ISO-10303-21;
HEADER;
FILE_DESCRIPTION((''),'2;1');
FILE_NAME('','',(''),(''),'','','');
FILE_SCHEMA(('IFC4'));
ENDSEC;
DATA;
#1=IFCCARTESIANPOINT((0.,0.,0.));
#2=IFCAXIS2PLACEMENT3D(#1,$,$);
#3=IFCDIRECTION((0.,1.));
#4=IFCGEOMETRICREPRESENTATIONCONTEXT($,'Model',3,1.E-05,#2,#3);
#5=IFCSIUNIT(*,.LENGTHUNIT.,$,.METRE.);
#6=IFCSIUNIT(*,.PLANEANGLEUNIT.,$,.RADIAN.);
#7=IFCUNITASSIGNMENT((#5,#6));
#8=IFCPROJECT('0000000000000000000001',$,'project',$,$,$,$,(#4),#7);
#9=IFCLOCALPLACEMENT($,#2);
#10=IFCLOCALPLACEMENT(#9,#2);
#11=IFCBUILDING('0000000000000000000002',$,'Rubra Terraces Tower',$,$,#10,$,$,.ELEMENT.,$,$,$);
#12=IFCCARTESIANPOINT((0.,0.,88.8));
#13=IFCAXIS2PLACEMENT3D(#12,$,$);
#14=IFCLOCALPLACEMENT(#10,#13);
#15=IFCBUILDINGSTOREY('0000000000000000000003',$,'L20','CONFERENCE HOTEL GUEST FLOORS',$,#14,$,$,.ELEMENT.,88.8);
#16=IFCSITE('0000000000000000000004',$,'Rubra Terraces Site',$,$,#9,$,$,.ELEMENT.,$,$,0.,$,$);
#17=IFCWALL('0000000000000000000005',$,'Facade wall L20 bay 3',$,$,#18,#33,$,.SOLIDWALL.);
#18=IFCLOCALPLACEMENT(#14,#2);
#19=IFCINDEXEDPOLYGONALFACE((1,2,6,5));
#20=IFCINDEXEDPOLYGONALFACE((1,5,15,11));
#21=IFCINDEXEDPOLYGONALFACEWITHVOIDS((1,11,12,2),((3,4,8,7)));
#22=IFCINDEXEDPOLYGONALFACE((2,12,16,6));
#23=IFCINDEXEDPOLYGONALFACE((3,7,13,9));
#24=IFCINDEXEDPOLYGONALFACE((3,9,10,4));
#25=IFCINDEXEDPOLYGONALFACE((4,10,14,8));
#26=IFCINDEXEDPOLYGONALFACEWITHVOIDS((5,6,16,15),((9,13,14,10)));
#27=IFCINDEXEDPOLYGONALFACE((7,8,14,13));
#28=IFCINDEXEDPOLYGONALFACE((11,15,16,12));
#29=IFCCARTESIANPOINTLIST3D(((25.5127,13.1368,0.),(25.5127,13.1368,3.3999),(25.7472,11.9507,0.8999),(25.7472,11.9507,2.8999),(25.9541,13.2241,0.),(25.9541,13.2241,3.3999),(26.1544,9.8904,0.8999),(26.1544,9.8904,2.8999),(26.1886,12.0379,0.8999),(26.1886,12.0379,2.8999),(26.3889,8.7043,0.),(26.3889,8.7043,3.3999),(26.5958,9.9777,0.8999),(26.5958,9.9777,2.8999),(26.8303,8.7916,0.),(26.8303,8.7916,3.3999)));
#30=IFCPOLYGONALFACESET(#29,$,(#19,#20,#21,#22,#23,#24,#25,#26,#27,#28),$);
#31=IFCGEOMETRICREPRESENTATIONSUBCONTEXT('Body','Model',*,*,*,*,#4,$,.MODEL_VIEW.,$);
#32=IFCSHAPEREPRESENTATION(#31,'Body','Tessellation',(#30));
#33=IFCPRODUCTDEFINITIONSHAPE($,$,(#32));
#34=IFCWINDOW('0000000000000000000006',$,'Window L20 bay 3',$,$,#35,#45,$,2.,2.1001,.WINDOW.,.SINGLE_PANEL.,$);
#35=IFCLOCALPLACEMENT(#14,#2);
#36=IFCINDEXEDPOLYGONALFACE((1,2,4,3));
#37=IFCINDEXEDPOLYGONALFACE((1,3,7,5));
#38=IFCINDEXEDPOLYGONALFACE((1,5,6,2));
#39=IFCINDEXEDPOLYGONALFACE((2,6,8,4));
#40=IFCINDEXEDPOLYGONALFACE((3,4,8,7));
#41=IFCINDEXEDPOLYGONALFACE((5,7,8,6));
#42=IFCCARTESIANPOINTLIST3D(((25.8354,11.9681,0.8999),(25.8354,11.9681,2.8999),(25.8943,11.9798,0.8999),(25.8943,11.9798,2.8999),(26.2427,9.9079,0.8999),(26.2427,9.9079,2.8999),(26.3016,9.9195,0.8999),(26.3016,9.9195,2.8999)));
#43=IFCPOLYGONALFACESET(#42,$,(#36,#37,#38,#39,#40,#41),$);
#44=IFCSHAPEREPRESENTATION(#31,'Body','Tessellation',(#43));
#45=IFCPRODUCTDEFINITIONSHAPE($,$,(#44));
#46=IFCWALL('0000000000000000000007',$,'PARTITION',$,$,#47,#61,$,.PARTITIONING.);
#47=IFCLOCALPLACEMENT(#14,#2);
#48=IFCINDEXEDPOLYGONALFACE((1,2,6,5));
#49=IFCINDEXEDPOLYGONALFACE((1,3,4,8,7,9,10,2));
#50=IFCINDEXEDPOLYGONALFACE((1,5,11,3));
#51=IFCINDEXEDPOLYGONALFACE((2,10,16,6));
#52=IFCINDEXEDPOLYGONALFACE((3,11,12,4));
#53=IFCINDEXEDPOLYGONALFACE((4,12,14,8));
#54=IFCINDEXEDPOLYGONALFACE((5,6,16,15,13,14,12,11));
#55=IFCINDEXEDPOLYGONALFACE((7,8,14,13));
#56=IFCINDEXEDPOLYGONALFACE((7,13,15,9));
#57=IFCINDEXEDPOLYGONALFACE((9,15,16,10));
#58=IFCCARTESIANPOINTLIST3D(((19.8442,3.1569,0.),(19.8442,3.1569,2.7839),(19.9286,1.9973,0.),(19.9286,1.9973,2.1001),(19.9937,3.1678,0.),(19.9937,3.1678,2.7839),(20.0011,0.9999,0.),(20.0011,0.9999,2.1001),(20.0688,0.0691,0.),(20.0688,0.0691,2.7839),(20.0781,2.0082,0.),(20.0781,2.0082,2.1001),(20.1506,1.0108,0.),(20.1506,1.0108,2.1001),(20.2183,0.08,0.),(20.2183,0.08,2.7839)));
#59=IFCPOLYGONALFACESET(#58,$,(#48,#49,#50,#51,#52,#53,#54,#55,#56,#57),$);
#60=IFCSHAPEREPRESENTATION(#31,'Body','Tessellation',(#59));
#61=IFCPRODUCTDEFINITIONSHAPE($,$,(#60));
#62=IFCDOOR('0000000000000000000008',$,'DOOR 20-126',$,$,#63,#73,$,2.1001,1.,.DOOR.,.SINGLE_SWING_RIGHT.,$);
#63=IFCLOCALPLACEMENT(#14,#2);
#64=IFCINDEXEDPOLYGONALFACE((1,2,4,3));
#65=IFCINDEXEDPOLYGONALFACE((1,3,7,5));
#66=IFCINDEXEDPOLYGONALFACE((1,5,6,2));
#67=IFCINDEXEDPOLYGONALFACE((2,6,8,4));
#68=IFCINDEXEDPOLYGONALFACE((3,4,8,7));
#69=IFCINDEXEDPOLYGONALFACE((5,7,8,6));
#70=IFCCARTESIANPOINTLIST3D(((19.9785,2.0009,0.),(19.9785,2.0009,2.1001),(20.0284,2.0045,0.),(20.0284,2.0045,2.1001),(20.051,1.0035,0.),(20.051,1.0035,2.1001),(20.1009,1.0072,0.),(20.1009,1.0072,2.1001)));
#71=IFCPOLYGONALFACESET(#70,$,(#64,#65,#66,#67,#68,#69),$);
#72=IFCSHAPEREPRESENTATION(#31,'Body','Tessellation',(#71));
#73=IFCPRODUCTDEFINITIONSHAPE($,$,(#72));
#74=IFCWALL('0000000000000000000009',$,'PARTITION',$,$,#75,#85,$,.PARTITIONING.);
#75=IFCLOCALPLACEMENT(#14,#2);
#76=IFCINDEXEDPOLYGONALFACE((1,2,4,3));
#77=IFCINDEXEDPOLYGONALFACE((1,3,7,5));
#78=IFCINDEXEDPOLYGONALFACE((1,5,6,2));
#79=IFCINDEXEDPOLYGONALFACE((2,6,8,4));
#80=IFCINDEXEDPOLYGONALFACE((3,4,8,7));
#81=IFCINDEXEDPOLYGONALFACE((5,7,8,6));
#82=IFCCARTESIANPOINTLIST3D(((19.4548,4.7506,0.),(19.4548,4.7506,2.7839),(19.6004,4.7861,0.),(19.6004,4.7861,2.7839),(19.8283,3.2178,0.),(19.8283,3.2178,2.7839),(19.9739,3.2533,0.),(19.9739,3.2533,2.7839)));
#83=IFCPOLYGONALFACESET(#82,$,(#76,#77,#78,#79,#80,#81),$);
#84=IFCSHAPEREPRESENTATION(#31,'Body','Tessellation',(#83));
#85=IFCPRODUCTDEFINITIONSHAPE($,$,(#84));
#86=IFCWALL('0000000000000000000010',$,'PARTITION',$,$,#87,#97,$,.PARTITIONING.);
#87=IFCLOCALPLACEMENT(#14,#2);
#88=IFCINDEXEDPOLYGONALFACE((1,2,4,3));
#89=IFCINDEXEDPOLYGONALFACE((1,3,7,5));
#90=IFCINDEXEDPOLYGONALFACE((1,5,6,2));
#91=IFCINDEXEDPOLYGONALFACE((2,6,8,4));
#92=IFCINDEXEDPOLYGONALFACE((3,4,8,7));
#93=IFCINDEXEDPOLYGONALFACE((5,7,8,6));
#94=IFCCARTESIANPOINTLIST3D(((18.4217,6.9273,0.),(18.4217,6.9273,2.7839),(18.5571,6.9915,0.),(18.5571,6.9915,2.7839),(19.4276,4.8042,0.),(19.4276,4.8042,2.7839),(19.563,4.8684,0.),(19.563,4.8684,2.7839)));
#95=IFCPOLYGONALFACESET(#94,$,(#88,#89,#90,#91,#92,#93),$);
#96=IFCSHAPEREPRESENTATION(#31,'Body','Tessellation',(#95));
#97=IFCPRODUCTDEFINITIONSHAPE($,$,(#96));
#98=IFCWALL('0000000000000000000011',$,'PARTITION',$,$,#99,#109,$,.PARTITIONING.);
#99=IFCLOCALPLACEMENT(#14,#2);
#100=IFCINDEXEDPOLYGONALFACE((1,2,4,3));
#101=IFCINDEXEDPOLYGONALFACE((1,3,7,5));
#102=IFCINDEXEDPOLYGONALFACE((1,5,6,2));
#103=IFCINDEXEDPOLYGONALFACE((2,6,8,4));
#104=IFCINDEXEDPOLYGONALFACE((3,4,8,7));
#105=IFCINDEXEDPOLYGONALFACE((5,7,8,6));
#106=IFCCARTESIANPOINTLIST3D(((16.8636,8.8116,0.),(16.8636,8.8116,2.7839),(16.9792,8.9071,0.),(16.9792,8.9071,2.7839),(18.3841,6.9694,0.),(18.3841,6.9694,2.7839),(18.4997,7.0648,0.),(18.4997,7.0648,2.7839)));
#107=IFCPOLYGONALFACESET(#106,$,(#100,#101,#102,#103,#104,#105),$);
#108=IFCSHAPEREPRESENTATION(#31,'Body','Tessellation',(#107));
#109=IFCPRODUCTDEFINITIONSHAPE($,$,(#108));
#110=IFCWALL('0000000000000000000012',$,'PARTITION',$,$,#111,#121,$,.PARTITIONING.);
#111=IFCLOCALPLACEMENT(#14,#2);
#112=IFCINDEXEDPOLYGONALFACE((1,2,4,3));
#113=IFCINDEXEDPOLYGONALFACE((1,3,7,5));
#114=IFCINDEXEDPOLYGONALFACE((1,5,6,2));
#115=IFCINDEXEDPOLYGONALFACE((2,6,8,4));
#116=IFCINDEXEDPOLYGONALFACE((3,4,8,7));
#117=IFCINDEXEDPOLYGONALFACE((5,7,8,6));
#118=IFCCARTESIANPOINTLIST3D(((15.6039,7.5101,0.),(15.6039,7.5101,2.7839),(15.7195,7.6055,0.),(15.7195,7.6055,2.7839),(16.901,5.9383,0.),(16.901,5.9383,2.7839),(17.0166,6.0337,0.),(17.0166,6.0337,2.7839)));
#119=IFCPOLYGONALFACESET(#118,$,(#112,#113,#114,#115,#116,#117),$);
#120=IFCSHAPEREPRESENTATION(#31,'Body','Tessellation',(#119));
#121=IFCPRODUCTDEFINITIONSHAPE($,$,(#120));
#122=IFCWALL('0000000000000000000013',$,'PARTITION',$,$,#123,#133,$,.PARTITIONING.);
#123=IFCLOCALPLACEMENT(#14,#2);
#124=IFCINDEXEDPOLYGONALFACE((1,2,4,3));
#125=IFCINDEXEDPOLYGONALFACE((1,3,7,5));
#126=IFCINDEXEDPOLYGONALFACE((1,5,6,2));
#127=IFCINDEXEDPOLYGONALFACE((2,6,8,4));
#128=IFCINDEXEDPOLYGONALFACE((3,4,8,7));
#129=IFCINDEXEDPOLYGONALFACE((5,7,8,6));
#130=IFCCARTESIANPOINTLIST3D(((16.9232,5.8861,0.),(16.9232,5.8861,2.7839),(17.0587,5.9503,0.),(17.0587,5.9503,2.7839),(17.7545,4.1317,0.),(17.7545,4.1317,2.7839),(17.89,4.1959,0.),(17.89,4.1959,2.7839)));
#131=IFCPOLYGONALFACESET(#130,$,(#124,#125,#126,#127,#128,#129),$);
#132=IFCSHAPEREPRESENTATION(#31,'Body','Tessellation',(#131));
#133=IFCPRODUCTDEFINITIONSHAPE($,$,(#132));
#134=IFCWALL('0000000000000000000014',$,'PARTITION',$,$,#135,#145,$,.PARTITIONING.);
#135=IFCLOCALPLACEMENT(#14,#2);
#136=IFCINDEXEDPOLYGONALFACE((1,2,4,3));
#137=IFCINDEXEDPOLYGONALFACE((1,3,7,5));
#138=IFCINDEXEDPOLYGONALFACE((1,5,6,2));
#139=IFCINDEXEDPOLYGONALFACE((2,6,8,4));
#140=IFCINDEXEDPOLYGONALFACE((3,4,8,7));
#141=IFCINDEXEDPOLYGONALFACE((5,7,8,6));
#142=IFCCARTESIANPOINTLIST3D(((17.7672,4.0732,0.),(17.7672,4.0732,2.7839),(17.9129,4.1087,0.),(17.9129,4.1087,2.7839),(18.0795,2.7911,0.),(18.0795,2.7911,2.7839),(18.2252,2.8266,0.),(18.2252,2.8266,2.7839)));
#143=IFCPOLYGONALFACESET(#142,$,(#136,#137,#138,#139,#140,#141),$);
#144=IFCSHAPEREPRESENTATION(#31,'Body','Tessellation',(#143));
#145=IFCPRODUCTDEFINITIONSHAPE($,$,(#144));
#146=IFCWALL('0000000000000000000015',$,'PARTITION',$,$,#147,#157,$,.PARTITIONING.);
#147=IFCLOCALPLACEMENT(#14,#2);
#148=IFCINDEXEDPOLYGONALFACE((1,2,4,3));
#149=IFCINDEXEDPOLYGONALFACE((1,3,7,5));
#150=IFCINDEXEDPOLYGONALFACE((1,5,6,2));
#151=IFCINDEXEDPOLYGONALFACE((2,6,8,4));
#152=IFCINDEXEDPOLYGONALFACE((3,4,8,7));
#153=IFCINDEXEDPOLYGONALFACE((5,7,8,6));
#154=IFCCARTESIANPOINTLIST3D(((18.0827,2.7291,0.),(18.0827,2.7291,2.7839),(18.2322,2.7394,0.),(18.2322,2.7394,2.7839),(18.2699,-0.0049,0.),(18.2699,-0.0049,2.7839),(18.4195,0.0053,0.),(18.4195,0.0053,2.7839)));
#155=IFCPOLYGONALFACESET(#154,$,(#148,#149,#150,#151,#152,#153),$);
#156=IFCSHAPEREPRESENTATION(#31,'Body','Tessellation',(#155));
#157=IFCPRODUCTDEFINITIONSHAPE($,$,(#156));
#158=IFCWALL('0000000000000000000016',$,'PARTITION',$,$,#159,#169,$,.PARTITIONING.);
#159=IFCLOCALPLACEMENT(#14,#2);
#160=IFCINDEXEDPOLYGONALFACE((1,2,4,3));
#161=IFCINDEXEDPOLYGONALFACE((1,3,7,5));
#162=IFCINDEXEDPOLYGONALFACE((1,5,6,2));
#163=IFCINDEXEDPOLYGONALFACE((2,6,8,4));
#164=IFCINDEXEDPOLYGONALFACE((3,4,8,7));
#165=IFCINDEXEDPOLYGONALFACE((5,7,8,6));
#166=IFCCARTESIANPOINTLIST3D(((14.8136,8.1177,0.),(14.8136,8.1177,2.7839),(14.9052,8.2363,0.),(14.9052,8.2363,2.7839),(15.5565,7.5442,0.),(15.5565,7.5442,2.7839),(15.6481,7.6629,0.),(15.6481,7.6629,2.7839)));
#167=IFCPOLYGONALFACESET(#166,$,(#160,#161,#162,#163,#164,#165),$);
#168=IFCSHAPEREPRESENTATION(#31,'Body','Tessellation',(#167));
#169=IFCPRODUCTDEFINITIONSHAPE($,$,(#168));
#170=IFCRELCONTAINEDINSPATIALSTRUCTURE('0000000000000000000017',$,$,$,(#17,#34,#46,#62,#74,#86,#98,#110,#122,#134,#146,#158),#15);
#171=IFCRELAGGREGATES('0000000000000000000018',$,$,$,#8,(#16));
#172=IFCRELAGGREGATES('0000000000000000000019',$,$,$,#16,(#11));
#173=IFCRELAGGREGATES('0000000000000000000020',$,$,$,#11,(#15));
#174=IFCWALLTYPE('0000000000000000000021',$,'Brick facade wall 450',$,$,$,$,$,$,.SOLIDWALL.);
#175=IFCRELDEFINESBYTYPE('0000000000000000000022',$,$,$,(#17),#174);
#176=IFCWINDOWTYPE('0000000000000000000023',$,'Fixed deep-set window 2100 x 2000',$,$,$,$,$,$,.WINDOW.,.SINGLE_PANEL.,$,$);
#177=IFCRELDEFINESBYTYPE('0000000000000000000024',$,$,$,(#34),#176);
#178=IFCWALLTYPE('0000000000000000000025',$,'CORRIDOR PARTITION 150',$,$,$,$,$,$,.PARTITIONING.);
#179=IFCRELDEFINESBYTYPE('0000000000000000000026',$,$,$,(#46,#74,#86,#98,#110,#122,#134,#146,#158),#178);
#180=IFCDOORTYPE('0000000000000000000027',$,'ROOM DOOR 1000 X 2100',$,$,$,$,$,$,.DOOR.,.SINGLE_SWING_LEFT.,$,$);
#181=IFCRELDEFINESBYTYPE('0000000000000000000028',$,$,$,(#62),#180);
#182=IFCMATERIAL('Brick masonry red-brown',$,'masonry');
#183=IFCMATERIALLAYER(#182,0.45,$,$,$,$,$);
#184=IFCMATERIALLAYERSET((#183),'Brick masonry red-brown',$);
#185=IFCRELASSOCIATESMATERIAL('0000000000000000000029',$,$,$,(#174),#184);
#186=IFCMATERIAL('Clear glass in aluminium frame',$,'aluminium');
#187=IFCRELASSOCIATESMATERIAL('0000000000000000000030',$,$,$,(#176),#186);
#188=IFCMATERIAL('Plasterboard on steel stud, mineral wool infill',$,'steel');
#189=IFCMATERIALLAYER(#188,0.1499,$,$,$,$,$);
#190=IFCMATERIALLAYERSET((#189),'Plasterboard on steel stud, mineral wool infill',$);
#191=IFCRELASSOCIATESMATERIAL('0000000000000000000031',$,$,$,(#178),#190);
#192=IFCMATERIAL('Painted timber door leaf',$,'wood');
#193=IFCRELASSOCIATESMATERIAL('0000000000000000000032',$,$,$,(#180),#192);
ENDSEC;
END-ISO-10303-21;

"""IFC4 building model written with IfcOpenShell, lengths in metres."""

from ifc_helpers import new_model, si_unit, direction, frame, frame_2d, origin, place, context, subcontext, project, spatial, rectangle, extrude, material, layer, layer_set, type_object, element, fill, save


model = new_model("IFC4")

# Units and contexts
model_context = context("Model", 3, precision=1e-05, world=origin(), true_north=direction((0.0, 1.0)))
body_context = subcontext(model_context, "Body", "Model", "MODEL_VIEW")
ifc_project = project(units=[si_unit("LENGTHUNIT", "METRE"), si_unit("PLANEANGLEUNIT", "RADIAN")], contexts=[model_context])

# Site, building, storey
site_placement = place(None, origin())
site = spatial("IfcSite", under=ifc_project, at=site_placement, Name="Rubra Terraces Site", CompositionType="ELEMENT", RefElevation=0.0)
building_placement = place(site_placement, origin())
building = spatial("IfcBuilding", under=site, at=building_placement, Name="Rubra Terraces Tower", CompositionType="ELEMENT")
storey_placement = place(building_placement, frame((0.0, 0.0, 88.8)))
storey = spatial("IfcBuildingStorey", under=building, at=storey_placement, Name="L20", Description="CONFERENCE HOTEL GUEST FLOORS", CompositionType="ELEMENT", Elevation=88.8)

# Wall, opening, window
ifc_material_1 = material(Name="Brick masonry red-brown", Category="masonry")
ifc_layer_1 = layer(ifc_material_1, 0.45)
ifc_layer_set_1 = layer_set([ifc_layer_1], Name="Brick masonry red-brown")
wall_type_1 = type_object("IfcWallType", Name="Brick facade wall 450", PredefinedType="SOLIDWALL", material=ifc_layer_set_1)
ifc_material_2 = material(Name="Clear glass in aluminium frame", Category="aluminium")
window_type = type_object("IfcWindowType", Name="Fixed deep-set window 2100 x 2000", PartitioningType="SINGLE_PANEL", PredefinedType="WINDOW", material=ifc_material_2)
wall_1_placement = place(storey_placement, frame((26.6096, 8.7478, 0.0), z_axis=(0.0, 0.0, 1.0), x_axis=(-0.193923, 0.981017, 0.0)))
wall_1 = element("IfcWall", 1, at=wall_1_placement, inside=storey, type_object=wall_type_1, Name="Facade wall L20 bay 3", PredefinedType="SOLIDWALL", context=body_context, shape_type="SweptSolid", body=[
    extrude(rectangle(XDim=4.5183, YDim=0.45, at=frame_2d((2.2593, 0.0))), origin(), (0.0, 0.0, 1.0), 3.3999),
])
opening_1_placement = place(wall_1_placement, frame((1.2092, 0.0, 0.8999)))
opening_1 = element("IfcOpeningElement", 2, at=opening_1_placement, cuts=wall_1, PredefinedType="OPENING", context=body_context, shape_type="SweptSolid", body=[
    extrude(rectangle(XDim=2.1001, YDim=2.0, at=frame_2d((1.05, 1.0))), frame((0.0, 0.2349, 0.0), z_axis=(0.0, -1.0, 0.0), x_axis=(1.0, 0.0, 0.0)), (0.0, 0.0, 1.0), 0.47),
])
window_1_placement = place(opening_1_placement, origin())
window_1 = element("IfcWindow", 3, at=window_1_placement, inside=storey, type_object=window_type, Name="Window L20 bay 3", OverallHeight=2.0, OverallWidth=2.1001, PartitioningType="SINGLE_PANEL", PredefinedType="WINDOW", context=body_context, shape_type="SweptSolid", body=[
    extrude(rectangle(XDim=2.1001, YDim=2.0, at=frame_2d((1.05, 1.0))), frame((0.0, 0.135, 0.0), z_axis=(0.0, -1.0, 0.0), x_axis=(1.0, 0.0, 0.0)), (0.0, 0.0, 1.0), 0.0601),
])
fill(opening_1, window_1)

# Wall, opening, door
ifc_material_3 = material(Name="Plasterboard on steel stud, mineral wool infill", Category="steel")
ifc_layer_2 = layer(ifc_material_3, 0.1499)
ifc_layer_set_2 = layer_set([ifc_layer_2], Name="Plasterboard on steel stud, mineral wool infill")
wall_type_2 = type_object("IfcWallType", Name="CORRIDOR PARTITION 150", PredefinedType="PARTITIONING", material=ifc_layer_set_2)
wall_2_placement = place(storey_placement, frame((20.1436, 0.0747, 0.0), z_axis=(0.0, 0.0, 1.0), x_axis=(-0.072547, 0.997365, 0.0)))
wall_2 = element("IfcWall", 4, at=wall_2_placement, inside=storey, type_object=wall_type_2, Name="PARTITION", PredefinedType="PARTITIONING", context=body_context, shape_type="SweptSolid", body=[
    extrude(rectangle(XDim=3.0959, YDim=0.1499, at=frame_2d((1.5479, 0.0))), origin(), (0.0, 0.0, 1.0), 2.7839),
])
opening_2_placement = place(wall_2_placement, frame((0.9331, 0.0, 0.0)))
opening_2 = element("IfcOpeningElement", 5, at=opening_2_placement, cuts=wall_2, PredefinedType="OPENING", context=body_context, shape_type="SweptSolid", body=[
    extrude(rectangle(XDim=1.0, YDim=2.1001, at=frame_2d((0.5, 1.05))), frame((0.0, 0.085, 0.0), z_axis=(0.0, -1.0, 0.0), x_axis=(1.0, 0.0, 0.0)), (0.0, 0.0, 1.0), 0.1699),
])
ifc_material_4 = material(Name="Painted timber door leaf", Category="wood")
door_type_1 = type_object("IfcDoorType", Name="ROOM DOOR 1000 X 2100", OperationType="SINGLE_SWING_LEFT", PredefinedType="DOOR", material=ifc_material_4)
door_1_placement = place(opening_2_placement, origin())
door_1 = element("IfcDoor", 6, at=door_1_placement, inside=storey, type_object=door_type_1, Name="DOOR 20-126", OperationType="SINGLE_SWING_RIGHT", OverallHeight=2.1001, OverallWidth=1.0, PredefinedType="DOOR", context=body_context, shape_type="SweptSolid", body=[
    extrude(rectangle(XDim=1.0, YDim=2.1001, at=frame_2d((0.5, 1.05))), frame((0.0, 0.0249, 0.0), z_axis=(0.0, -1.0, 0.0), x_axis=(1.0, 0.0, 0.0)), (0.0, 0.0, 1.0), 0.05),
])
fill(opening_2, door_1)

# Walls
wall_3_placement = place(storey_placement, frame((19.9011, 3.2356, 0.0), z_axis=(0.0, 0.0, 1.0), x_axis=(-0.236778, 0.971564, 0.0)))
element("IfcWall", 7, at=wall_3_placement, inside=storey, type_object=wall_type_2, Name="PARTITION", PredefinedType="PARTITIONING", context=body_context, shape_type="SweptSolid", body=[
    extrude(rectangle(XDim=1.5776, YDim=0.1499, at=frame_2d((0.7888, 0.0))), origin(), (0.0, 0.0, 1.0), 2.7839),
])
wall_4_placement = place(storey_placement, frame((19.4954, 4.8362, 0.0), z_axis=(0.0, 0.0, 1.0), x_axis=(-0.428158, 0.903704, 0.0)))
element("IfcWall", 8, at=wall_4_placement, inside=storey, type_object=wall_type_2, Name="PARTITION", PredefinedType="PARTITIONING", context=body_context, shape_type="SweptSolid", body=[
    extrude(rectangle(XDim=2.3494, YDim=0.1499, at=frame_2d((1.1748, 0.0))), origin(), (0.0, 0.0, 1.0), 2.7839),
])
wall_5_placement = place(storey_placement, frame((18.4419, 7.0171, 0.0), z_axis=(0.0, 0.0, 1.0), x_axis=(-0.636538, 0.771245, 0.0)))
element("IfcWall", 9, at=wall_5_placement, inside=storey, type_object=wall_type_2, Name="PARTITION", PredefinedType="PARTITIONING", context=body_context, shape_type="SweptSolid", body=[
    extrude(rectangle(XDim=2.3887, YDim=0.1499, at=frame_2d((1.1943, 0.0))), origin(), (0.0, 0.0, 1.0), 2.7839),
])
wall_6_placement = place(storey_placement, frame((15.6616, 7.5579, 0.0), z_axis=(0.0, 0.0, 1.0), x_axis=(0.636501, -0.771276, 0.0)))
element("IfcWall", 10, at=wall_6_placement, inside=storey, type_object=wall_type_2, Name="PARTITION", PredefinedType="PARTITIONING", context=body_context, shape_type="SweptSolid", body=[
    extrude(rectangle(XDim=2.0378, YDim=0.1499, at=frame_2d((1.019, 0.0))), origin(), (0.0, 0.0, 1.0), 2.7839),
])
wall_7_placement = place(storey_placement, frame((16.991, 5.9182, 0.0), z_axis=(0.0, 0.0, 1.0), x_axis=(0.4282, -0.903684, 0.0)))
element("IfcWall", 11, at=wall_7_placement, inside=storey, type_object=wall_type_2, Name="PARTITION", PredefinedType="PARTITIONING", context=body_context, shape_type="SweptSolid", body=[
    extrude(rectangle(XDim=1.9414, YDim=0.1499, at=frame_2d((0.9707, 0.0))), origin(), (0.0, 0.0, 1.0), 2.7839),
])
wall_8_placement = place(storey_placement, frame((17.8401, 4.0908, 0.0), z_axis=(0.0, 0.0, 1.0), x_axis=(0.236654, -0.971594, 0.0)))
element("IfcWall", 12, at=wall_8_placement, inside=storey, type_object=wall_type_2, Name="PARTITION", PredefinedType="PARTITIONING", context=body_context, shape_type="SweptSolid", body=[
    extrude(rectangle(XDim=1.3196, YDim=0.1499, at=frame_2d((0.6597, 0.0))), origin(), (0.0, 0.0, 1.0), 2.7839),
])
wall_9_placement = place(storey_placement, frame((18.1575, 2.7341, 0.0), z_axis=(0.0, 0.0, 1.0), x_axis=(0.068328, -0.997663, 0.0)))
element("IfcWall", 13, at=wall_9_placement, inside=storey, type_object=wall_type_2, Name="PARTITION", PredefinedType="PARTITIONING", context=body_context, shape_type="SweptSolid", body=[
    extrude(rectangle(XDim=2.7405, YDim=0.1499, at=frame_2d((1.3701, 0.0))), origin(), (0.0, 0.0, 1.0), 2.7839),
])
wall_10_placement = place(storey_placement, frame((14.8594, 8.177, 0.0), z_axis=(0.0, 0.0, 1.0), x_axis=(0.791588, -0.611055, 0.0)))
element("IfcWall", 14, at=wall_10_placement, inside=storey, type_object=wall_type_2, Name="PARTITION", PredefinedType="PARTITIONING", context=body_context, shape_type="SweptSolid", body=[
    extrude(rectangle(XDim=0.9385, YDim=0.1499, at=frame_2d((0.4692, 0.0))), origin(), (0.0, 0.0, 1.0), 2.7839),
])

save(model, "model.ifc")
